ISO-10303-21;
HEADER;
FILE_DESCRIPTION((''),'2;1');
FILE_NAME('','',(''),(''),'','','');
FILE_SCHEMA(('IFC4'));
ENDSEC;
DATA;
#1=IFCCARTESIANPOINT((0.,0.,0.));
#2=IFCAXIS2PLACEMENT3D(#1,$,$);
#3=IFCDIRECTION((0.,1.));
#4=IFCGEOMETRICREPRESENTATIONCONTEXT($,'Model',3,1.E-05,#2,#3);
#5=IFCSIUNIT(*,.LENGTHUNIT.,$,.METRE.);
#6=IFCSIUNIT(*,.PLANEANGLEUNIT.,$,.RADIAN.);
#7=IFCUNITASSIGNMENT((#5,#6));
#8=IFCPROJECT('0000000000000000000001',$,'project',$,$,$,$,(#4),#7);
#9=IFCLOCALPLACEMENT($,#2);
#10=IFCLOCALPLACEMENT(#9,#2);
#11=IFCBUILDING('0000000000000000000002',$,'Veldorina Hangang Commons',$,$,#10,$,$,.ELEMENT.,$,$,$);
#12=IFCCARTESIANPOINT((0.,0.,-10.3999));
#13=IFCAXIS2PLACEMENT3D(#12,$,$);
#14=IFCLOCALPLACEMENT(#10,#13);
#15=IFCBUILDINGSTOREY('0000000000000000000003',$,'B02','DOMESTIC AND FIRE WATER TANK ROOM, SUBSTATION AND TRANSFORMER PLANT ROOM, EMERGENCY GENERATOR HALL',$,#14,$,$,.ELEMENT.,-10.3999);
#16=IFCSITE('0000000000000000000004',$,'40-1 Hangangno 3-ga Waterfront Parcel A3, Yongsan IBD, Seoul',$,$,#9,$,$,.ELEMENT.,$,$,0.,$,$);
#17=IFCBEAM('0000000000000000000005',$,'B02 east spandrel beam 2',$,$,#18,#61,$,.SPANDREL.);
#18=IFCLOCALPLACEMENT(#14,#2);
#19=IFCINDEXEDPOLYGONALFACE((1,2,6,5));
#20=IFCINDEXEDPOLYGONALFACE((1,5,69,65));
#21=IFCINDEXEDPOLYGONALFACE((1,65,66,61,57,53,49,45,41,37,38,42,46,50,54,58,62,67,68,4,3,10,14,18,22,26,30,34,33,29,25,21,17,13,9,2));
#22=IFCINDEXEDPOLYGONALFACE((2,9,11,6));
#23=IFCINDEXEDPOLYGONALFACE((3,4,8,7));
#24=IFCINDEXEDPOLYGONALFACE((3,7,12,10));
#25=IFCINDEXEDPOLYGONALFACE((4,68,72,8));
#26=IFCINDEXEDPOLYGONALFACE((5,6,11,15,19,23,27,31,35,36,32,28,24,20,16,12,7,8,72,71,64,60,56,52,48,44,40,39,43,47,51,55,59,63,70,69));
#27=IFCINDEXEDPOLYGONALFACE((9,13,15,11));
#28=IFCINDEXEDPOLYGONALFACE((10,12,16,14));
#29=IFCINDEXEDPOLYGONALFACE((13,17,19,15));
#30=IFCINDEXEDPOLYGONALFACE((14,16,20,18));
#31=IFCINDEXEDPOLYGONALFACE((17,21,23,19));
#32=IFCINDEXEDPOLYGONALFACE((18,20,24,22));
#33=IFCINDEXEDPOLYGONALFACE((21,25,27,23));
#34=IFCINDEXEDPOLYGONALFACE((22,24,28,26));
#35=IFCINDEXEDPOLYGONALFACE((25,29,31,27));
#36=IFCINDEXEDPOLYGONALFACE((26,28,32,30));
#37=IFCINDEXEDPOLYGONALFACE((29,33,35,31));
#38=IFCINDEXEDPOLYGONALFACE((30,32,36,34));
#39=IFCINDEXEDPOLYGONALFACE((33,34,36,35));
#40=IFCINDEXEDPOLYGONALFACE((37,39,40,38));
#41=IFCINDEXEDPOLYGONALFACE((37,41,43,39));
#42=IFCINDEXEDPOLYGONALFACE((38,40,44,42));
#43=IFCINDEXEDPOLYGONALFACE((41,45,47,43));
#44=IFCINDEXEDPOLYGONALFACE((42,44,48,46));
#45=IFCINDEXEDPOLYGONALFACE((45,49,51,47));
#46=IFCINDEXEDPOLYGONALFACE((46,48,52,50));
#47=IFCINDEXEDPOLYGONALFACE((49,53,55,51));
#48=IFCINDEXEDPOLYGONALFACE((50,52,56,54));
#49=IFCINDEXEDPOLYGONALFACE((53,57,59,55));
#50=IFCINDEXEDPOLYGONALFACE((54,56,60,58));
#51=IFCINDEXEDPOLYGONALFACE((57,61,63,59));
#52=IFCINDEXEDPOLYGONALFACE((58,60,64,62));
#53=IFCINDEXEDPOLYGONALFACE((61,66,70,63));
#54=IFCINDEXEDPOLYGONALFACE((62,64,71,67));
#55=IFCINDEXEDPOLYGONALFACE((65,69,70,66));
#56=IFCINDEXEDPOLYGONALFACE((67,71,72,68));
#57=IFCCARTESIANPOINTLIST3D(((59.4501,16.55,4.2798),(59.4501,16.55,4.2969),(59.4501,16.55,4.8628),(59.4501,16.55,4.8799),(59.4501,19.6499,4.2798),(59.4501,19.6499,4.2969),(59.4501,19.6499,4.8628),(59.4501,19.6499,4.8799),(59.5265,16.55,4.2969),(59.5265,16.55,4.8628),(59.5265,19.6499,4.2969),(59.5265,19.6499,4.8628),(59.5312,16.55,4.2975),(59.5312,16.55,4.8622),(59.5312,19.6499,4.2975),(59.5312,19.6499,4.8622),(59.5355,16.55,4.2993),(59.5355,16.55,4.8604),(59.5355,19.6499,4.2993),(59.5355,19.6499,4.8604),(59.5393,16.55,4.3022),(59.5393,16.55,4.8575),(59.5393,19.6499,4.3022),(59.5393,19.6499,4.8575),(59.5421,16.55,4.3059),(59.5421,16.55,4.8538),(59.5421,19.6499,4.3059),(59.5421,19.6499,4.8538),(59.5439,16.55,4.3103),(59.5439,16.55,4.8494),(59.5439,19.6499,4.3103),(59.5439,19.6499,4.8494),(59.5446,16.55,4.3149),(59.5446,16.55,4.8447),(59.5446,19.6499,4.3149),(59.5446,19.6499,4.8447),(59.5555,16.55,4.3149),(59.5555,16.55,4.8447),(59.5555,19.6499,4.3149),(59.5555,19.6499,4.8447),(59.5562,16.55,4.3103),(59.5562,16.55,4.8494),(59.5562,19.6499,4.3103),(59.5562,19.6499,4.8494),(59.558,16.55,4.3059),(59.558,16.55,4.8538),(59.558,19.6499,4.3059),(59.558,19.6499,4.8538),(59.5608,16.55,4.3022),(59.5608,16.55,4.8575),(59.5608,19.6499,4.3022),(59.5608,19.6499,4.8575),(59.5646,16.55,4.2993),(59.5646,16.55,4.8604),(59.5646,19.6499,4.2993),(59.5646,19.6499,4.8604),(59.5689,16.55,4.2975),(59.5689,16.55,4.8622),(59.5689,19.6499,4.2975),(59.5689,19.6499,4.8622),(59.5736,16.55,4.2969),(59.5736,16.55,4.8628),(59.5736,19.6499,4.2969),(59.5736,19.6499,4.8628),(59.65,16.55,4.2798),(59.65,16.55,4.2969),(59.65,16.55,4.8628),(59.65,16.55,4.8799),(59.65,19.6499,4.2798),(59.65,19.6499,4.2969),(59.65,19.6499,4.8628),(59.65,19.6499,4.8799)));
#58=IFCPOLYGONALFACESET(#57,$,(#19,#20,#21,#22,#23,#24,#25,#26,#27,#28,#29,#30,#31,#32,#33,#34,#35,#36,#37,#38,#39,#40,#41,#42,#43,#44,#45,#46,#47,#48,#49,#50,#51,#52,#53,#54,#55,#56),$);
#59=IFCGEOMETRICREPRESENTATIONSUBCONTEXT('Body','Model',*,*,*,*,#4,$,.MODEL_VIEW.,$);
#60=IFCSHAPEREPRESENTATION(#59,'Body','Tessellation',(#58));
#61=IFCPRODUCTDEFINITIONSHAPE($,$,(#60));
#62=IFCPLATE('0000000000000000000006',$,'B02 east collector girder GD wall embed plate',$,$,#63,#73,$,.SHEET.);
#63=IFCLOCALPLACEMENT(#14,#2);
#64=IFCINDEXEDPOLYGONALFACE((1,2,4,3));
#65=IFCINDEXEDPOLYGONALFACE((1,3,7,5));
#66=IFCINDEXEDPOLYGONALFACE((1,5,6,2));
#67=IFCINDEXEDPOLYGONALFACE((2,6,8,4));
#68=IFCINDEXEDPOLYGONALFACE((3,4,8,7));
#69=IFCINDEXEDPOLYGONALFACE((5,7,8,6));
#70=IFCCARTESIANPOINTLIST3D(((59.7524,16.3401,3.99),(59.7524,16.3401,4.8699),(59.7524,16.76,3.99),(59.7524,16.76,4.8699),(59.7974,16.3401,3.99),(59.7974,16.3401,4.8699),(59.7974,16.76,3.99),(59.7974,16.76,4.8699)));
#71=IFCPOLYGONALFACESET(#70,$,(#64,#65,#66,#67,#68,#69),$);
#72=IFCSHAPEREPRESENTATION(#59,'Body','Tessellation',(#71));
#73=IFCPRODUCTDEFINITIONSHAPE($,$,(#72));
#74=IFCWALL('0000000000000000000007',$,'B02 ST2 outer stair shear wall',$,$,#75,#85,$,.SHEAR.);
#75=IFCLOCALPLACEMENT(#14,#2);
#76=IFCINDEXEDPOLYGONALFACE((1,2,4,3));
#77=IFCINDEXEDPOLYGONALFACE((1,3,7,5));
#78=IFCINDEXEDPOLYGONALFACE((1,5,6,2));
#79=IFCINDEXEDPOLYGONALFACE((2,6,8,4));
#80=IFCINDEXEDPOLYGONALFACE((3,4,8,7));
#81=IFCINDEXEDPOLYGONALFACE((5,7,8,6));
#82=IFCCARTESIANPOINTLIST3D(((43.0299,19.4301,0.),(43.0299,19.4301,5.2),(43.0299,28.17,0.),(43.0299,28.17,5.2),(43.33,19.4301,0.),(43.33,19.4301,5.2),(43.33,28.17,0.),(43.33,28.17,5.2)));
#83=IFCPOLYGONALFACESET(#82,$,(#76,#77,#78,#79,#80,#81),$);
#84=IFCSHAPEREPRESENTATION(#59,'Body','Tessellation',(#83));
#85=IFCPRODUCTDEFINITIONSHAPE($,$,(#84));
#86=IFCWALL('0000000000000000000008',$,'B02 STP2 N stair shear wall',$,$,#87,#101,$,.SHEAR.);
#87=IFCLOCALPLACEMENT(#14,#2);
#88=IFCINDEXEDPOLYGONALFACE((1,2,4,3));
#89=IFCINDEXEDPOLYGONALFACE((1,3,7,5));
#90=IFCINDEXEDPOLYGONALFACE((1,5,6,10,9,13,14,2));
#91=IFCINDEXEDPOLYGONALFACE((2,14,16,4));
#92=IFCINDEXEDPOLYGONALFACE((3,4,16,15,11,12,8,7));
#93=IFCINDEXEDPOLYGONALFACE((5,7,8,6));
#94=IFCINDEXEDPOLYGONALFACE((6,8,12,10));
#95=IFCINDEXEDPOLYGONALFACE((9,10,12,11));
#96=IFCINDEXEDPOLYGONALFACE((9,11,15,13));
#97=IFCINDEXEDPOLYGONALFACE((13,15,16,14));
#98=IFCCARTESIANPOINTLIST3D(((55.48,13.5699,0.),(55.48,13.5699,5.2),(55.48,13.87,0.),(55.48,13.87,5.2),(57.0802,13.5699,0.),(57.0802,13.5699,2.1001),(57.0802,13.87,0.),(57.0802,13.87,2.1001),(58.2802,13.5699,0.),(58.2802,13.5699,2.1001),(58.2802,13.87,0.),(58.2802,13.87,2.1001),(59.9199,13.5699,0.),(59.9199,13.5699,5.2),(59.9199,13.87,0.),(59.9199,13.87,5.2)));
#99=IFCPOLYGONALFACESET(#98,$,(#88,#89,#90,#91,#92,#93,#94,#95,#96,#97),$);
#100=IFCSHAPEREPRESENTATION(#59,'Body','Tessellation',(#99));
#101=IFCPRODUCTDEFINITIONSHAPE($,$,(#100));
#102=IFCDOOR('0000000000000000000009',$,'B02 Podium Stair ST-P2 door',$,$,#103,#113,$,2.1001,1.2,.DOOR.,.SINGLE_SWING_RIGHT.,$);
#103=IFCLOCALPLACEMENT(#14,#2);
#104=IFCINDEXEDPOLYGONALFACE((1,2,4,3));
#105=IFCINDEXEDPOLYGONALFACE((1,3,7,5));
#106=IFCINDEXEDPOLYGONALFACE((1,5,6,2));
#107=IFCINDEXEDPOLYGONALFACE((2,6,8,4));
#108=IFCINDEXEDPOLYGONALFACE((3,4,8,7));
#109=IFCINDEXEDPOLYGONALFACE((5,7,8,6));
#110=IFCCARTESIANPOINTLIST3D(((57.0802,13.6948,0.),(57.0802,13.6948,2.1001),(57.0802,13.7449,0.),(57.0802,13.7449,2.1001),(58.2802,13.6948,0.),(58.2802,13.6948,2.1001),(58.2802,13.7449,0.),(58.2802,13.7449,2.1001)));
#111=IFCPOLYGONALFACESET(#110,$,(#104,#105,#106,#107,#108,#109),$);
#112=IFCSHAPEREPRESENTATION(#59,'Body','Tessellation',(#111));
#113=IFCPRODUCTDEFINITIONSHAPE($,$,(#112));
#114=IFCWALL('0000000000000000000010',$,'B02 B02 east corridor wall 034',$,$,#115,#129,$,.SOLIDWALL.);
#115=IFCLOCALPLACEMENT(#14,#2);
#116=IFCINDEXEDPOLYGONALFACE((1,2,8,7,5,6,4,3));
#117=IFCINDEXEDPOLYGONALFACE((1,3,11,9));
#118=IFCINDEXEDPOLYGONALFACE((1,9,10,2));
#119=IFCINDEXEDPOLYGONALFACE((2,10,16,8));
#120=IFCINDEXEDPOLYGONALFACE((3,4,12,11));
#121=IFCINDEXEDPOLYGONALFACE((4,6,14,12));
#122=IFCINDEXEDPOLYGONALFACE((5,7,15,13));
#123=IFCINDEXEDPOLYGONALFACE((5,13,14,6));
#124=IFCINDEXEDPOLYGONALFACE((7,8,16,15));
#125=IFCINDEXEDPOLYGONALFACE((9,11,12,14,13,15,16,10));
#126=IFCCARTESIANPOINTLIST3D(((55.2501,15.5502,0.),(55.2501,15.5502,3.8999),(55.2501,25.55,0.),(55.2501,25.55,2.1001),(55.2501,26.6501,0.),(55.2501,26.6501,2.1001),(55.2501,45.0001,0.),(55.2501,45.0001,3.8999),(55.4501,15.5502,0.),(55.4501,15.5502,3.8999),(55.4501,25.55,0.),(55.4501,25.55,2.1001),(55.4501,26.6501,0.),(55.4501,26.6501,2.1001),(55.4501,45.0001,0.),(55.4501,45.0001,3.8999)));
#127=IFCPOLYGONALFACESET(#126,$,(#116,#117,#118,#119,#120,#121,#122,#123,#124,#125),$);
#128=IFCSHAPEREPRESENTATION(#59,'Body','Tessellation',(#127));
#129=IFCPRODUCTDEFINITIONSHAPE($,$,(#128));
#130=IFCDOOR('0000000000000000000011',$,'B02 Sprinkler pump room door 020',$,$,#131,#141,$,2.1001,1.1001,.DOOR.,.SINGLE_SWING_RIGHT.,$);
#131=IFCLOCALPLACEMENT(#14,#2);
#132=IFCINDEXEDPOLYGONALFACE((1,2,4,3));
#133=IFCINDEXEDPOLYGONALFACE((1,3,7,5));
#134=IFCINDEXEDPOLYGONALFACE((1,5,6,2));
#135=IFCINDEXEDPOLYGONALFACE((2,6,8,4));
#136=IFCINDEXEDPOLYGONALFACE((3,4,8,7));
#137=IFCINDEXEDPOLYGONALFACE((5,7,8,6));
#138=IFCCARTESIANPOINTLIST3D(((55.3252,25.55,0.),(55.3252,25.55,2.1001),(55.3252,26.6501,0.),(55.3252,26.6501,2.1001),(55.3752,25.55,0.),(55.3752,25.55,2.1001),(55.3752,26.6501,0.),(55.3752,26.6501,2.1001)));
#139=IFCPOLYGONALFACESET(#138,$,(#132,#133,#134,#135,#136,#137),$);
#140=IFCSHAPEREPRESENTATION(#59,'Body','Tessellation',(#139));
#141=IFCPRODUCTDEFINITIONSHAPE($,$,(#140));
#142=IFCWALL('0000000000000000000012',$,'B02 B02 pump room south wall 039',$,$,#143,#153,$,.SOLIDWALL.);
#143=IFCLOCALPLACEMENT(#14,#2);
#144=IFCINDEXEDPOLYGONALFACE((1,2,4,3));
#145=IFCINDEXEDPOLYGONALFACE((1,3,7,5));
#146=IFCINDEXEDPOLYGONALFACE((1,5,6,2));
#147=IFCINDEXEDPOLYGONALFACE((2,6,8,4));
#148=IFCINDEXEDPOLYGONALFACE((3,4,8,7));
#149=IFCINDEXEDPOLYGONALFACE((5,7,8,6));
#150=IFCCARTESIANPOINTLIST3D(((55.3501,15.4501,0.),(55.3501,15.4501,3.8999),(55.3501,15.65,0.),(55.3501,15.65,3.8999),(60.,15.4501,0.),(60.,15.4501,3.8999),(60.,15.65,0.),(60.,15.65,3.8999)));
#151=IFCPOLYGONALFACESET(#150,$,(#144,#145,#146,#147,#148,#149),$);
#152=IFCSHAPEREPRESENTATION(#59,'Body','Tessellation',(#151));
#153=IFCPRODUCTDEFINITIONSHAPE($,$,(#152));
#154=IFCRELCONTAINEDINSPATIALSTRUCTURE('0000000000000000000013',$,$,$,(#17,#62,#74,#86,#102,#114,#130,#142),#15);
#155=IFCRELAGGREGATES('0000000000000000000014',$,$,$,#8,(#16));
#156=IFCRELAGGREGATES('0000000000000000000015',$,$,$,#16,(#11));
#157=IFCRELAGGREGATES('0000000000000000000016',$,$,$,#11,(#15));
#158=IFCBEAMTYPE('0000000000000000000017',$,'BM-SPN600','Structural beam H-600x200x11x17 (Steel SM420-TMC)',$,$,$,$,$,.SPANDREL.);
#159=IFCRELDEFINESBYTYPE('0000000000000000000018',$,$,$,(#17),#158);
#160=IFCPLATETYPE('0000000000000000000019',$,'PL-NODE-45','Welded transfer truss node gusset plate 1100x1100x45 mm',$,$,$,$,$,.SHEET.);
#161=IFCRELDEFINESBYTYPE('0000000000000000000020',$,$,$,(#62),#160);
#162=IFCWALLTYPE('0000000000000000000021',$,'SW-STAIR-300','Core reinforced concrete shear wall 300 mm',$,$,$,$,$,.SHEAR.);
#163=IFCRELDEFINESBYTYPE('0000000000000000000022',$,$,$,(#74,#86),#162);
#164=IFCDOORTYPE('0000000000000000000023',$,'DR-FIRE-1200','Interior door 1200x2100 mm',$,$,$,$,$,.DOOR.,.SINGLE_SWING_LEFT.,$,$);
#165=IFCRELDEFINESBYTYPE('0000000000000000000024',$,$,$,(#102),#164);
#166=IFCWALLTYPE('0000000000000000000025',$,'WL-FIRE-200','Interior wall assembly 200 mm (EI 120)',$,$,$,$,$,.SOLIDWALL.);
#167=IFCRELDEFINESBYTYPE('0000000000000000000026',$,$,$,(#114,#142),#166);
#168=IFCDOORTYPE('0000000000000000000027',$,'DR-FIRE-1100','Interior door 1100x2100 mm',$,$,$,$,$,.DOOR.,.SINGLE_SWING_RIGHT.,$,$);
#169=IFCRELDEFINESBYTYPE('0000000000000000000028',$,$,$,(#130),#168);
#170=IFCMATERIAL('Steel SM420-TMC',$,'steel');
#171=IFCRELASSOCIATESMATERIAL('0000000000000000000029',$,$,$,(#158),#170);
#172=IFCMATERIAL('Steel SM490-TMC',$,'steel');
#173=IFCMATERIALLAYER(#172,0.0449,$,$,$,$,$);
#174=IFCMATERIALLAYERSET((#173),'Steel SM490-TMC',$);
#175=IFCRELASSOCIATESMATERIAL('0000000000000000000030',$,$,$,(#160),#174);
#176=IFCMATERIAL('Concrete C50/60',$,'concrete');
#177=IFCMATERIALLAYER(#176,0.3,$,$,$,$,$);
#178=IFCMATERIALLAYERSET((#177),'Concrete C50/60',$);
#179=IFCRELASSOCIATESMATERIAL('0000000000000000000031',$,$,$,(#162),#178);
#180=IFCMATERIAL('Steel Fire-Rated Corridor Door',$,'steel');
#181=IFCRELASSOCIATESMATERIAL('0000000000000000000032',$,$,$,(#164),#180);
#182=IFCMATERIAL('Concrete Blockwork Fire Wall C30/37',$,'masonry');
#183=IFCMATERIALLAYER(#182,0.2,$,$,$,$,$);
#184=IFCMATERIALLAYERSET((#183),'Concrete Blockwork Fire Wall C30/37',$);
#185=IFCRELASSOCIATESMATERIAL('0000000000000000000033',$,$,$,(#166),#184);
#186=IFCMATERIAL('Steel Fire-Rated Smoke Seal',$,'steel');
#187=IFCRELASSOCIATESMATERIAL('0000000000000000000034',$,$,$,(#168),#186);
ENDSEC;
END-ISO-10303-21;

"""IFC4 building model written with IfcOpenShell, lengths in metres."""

from ifc_helpers import new_model, si_unit, direction, frame, frame_2d, origin, origin_2d, place, context, subcontext, project, spatial, rectangle, i_section, extrude, material, layer, layer_set, material_profile, profile_set, type_object, element, fill, save


model = new_model("IFC4")

# Units and contexts
model_context = context("Model", 3, precision=1e-05, world=origin(), true_north=direction((0.0, 1.0)))
body_context = subcontext(model_context, "Body", "Model", "MODEL_VIEW")
ifc_project = project(units=[si_unit("LENGTHUNIT", "METRE"), si_unit("PLANEANGLEUNIT", "RADIAN")], contexts=[model_context])

# Site, building, storey
site_placement = place(None, origin())
site = spatial("IfcSite", under=ifc_project, at=site_placement, Name="40-1 Hangangno 3-ga Waterfront Parcel A3, Yongsan IBD, Seoul", CompositionType="ELEMENT", RefElevation=0.0)
building_placement = place(site_placement, origin())
building = spatial("IfcBuilding", under=site, at=building_placement, Name="Veldorina Hangang Commons", CompositionType="ELEMENT")
storey_placement = place(building_placement, frame((0.0, 0.0, -10.3999)))
storey = spatial("IfcBuildingStorey", under=building, at=storey_placement, Name="B02", Description="DOMESTIC AND FIRE WATER TANK ROOM, SUBSTATION AND TRANSFORMER PLANT ROOM, EMERGENCY GENERATOR HALL", CompositionType="ELEMENT", Elevation=-10.3999)

# Shared definitions
ifc_material_1 = material(Name="Steel SM420-TMC", Category="steel")

# Beam
ifc_material_profile_1 = material_profile(ifc_material_1, i_section(OverallWidth=0.2, OverallDepth=0.6001, WebThickness=0.011, FlangeThickness=0.0171, FilletRadius=0.0181, at=origin_2d()), Name="H-600x200x11x17")
ifc_profile_set_1 = profile_set([ifc_material_profile_1], Name="Steel SM420-TMC")
beam_type_1 = type_object("IfcBeamType", Name="BM-SPN600", Description="Structural beam H-600x200x11x17 (Steel SM420-TMC)", PredefinedType="SPANDREL", material=ifc_profile_set_1)
beam_1_placement = place(storey_placement, frame((59.55, 16.55, 4.5798), z_axis=(0.0, 1.0, 0.0), x_axis=(-1.0, 0.0, 0.0)))
element("IfcBeam", 1, at=beam_1_placement, inside=storey, type_object=beam_type_1, Name="B02 east spandrel beam 2", PredefinedType="SPANDREL", context=body_context, shape_type="SweptSolid", body=[
    extrude(i_section(OverallWidth=0.2, OverallDepth=0.6001, WebThickness=0.011, FlangeThickness=0.0171, FilletRadius=0.0181, at=origin_2d()), origin(), (0.0, 0.0, 1.0), 3.0999),
])

# Plate
ifc_material_2 = material(Name="Steel SM490-TMC", Category="steel")
ifc_layer_1 = layer(ifc_material_2, 0.0449)
ifc_layer_set_1 = layer_set([ifc_layer_1], Name="Steel SM490-TMC")
plate_type = type_object("IfcPlateType", Name="PL-NODE-45", Description="Welded transfer truss node gusset plate 1100x1100x45 mm", PredefinedType="SHEET", material=ifc_layer_set_1)
plate_placement = place(storey_placement, frame((59.7749, 16.55, 3.99), z_axis=(0.0, 0.0, 1.0), x_axis=(1.0, 0.0, 0.0)))
element("IfcPlate", 2, at=plate_placement, inside=storey, type_object=plate_type, Name="B02 east collector girder GD wall embed plate", PredefinedType="SHEET", context=body_context, shape_type="SweptSolid", body=[
    extrude(rectangle(XDim=0.0449, YDim=0.4199, at=origin_2d()), origin(), (0.0, 0.0, 1.0), 0.8799),
])

# Wall
ifc_material_3 = material(Name="Concrete C50/60", Category="concrete")
ifc_layer_2 = layer(ifc_material_3, 0.3)
ifc_layer_set_2 = layer_set([ifc_layer_2], Name="Concrete C50/60")
wall_type_1 = type_object("IfcWallType", Name="SW-STAIR-300", Description="Core reinforced concrete shear wall 300 mm", PredefinedType="SHEAR", material=ifc_layer_set_2)
wall_1_placement = place(storey_placement, frame((43.1799, 19.4299, 0.0), z_axis=(0.0, 0.0, 1.0), x_axis=(0.0, 1.0, 0.0)))
element("IfcWall", 3, at=wall_1_placement, inside=storey, type_object=wall_type_1, Name="B02 ST2 outer stair shear wall", PredefinedType="SHEAR", context=body_context, shape_type="SweptSolid", body=[
    extrude(rectangle(XDim=8.74, YDim=0.3, at=frame_2d((4.3701, 0.0))), origin(), (0.0, 0.0, 1.0), 5.2),
])

# Walls, openings, doors
wall_2_placement = place(storey_placement, frame((55.48, 13.72, 0.0), z_axis=(0.0, 0.0, 1.0), x_axis=(1.0, 0.0, 0.0)))
wall_2 = element("IfcWall", 4, at=wall_2_placement, inside=storey, type_object=wall_type_1, Name="B02 STP2 N stair shear wall", PredefinedType="SHEAR", context=body_context, shape_type="SweptSolid", body=[
    extrude(rectangle(XDim=4.4399, YDim=0.3, at=frame_2d((2.22, 0.0))), origin(), (0.0, 0.0, 1.0), 5.2),
])
opening_1_placement = place(wall_2_placement, frame((1.6001, 0.0, 0.0)))
opening_1 = element("IfcOpeningElement", 5, at=opening_1_placement, cuts=wall_2, PredefinedType="OPENING", context=body_context, shape_type="SweptSolid", body=[
    extrude(rectangle(XDim=1.2, YDim=2.1001, at=frame_2d((0.6001, 1.05))), frame((0.0, 0.1602, 0.0), z_axis=(0.0, -1.0, 0.0), x_axis=(1.0, 0.0, 0.0)), (0.0, 0.0, 1.0), 0.3201),
])
ifc_material_4 = material(Name="Steel Fire-Rated Corridor Door", Category="steel")
door_type_1 = type_object("IfcDoorType", Name="DR-FIRE-1200", Description="Interior door 1200x2100 mm", OperationType="SINGLE_SWING_LEFT", PredefinedType="DOOR", material=ifc_material_4)
door_1_placement = place(opening_1_placement, origin())
door_1 = element("IfcDoor", 6, at=door_1_placement, inside=storey, type_object=door_type_1, Name="B02 Podium Stair ST-P2 door", OperationType="SINGLE_SWING_RIGHT", OverallHeight=2.1001, OverallWidth=1.2, PredefinedType="DOOR", context=body_context, shape_type="SweptSolid", body=[
    extrude(rectangle(XDim=1.2, YDim=2.1001, at=frame_2d((0.6001, 1.05))), frame((0.0, 0.0249, 0.0), z_axis=(0.0, -1.0, 0.0), x_axis=(1.0, 0.0, 0.0)), (0.0, 0.0, 1.0), 0.05),
])
fill(opening_1, door_1)
ifc_material_5 = material(Name="Concrete Blockwork Fire Wall C30/37", Category="masonry")
ifc_layer_3 = layer(ifc_material_5, 0.2)
ifc_layer_set_3 = layer_set([ifc_layer_3], Name="Concrete Blockwork Fire Wall C30/37")
wall_type_2 = type_object("IfcWallType", Name="WL-FIRE-200", Description="Interior wall assembly 200 mm (EI 120)", PredefinedType="SOLIDWALL", material=ifc_layer_set_3)
wall_3_placement = place(storey_placement, frame((55.3501, 15.55, 0.0), z_axis=(0.0, 0.0, 1.0), x_axis=(0.0, 1.0, 0.0)))
wall_3 = element("IfcWall", 7, at=wall_3_placement, inside=storey, type_object=wall_type_2, Name="B02 B02 east corridor wall 034", PredefinedType="SOLIDWALL", context=body_context, shape_type="SweptSolid", body=[
    extrude(rectangle(XDim=29.45, YDim=0.2, at=frame_2d((14.7251, 0.0))), origin(), (0.0, 0.0, 1.0), 3.8999),
])
opening_2_placement = place(wall_3_placement, frame((10.0, 0.0, 0.0)))
opening_2 = element("IfcOpeningElement", 8, at=opening_2_placement, cuts=wall_3, PredefinedType="OPENING", context=body_context, shape_type="SweptSolid", body=[
    extrude(rectangle(XDim=1.1001, YDim=2.1001, at=frame_2d((0.55, 1.05))), frame((0.0, 0.1099, 0.0), z_axis=(0.0, -1.0, 0.0), x_axis=(1.0, 0.0, 0.0)), (0.0, 0.0, 1.0), 0.22),
])
ifc_material_6 = material(Name="Steel Fire-Rated Smoke Seal", Category="steel")
door_type_2 = type_object("IfcDoorType", Name="DR-FIRE-1100", Description="Interior door 1100x2100 mm", OperationType="SINGLE_SWING_RIGHT", PredefinedType="DOOR", material=ifc_material_6)
door_2_placement = place(opening_2_placement, origin())
door_2 = element("IfcDoor", 9, at=door_2_placement, inside=storey, type_object=door_type_2, Name="B02 Sprinkler pump room door 020", OperationType="SINGLE_SWING_RIGHT", OverallHeight=2.1001, OverallWidth=1.1001, PredefinedType="DOOR", context=body_context, shape_type="SweptSolid", body=[
    extrude(rectangle(XDim=1.1001, YDim=2.1001, at=frame_2d((0.55, 1.05))), frame((0.0, 0.0249, 0.0), z_axis=(0.0, -1.0, 0.0), x_axis=(1.0, 0.0, 0.0)), (0.0, 0.0, 1.0), 0.05),
])
fill(opening_2, door_2)

# Wall
wall_4_placement = place(storey_placement, frame((55.3501, 15.55, 0.0), z_axis=(0.0, 0.0, 1.0), x_axis=(1.0, 0.0, 0.0)))
element("IfcWall", 10, at=wall_4_placement, inside=storey, type_object=wall_type_2, Name="B02 B02 pump room south wall 039", PredefinedType="SOLIDWALL", context=body_context, shape_type="SweptSolid", body=[
    extrude(rectangle(XDim=4.6499, YDim=0.2, at=frame_2d((2.325, 0.0))), origin(), (0.0, 0.0, 1.0), 3.8999),
])

save(model, "model.ifc")
